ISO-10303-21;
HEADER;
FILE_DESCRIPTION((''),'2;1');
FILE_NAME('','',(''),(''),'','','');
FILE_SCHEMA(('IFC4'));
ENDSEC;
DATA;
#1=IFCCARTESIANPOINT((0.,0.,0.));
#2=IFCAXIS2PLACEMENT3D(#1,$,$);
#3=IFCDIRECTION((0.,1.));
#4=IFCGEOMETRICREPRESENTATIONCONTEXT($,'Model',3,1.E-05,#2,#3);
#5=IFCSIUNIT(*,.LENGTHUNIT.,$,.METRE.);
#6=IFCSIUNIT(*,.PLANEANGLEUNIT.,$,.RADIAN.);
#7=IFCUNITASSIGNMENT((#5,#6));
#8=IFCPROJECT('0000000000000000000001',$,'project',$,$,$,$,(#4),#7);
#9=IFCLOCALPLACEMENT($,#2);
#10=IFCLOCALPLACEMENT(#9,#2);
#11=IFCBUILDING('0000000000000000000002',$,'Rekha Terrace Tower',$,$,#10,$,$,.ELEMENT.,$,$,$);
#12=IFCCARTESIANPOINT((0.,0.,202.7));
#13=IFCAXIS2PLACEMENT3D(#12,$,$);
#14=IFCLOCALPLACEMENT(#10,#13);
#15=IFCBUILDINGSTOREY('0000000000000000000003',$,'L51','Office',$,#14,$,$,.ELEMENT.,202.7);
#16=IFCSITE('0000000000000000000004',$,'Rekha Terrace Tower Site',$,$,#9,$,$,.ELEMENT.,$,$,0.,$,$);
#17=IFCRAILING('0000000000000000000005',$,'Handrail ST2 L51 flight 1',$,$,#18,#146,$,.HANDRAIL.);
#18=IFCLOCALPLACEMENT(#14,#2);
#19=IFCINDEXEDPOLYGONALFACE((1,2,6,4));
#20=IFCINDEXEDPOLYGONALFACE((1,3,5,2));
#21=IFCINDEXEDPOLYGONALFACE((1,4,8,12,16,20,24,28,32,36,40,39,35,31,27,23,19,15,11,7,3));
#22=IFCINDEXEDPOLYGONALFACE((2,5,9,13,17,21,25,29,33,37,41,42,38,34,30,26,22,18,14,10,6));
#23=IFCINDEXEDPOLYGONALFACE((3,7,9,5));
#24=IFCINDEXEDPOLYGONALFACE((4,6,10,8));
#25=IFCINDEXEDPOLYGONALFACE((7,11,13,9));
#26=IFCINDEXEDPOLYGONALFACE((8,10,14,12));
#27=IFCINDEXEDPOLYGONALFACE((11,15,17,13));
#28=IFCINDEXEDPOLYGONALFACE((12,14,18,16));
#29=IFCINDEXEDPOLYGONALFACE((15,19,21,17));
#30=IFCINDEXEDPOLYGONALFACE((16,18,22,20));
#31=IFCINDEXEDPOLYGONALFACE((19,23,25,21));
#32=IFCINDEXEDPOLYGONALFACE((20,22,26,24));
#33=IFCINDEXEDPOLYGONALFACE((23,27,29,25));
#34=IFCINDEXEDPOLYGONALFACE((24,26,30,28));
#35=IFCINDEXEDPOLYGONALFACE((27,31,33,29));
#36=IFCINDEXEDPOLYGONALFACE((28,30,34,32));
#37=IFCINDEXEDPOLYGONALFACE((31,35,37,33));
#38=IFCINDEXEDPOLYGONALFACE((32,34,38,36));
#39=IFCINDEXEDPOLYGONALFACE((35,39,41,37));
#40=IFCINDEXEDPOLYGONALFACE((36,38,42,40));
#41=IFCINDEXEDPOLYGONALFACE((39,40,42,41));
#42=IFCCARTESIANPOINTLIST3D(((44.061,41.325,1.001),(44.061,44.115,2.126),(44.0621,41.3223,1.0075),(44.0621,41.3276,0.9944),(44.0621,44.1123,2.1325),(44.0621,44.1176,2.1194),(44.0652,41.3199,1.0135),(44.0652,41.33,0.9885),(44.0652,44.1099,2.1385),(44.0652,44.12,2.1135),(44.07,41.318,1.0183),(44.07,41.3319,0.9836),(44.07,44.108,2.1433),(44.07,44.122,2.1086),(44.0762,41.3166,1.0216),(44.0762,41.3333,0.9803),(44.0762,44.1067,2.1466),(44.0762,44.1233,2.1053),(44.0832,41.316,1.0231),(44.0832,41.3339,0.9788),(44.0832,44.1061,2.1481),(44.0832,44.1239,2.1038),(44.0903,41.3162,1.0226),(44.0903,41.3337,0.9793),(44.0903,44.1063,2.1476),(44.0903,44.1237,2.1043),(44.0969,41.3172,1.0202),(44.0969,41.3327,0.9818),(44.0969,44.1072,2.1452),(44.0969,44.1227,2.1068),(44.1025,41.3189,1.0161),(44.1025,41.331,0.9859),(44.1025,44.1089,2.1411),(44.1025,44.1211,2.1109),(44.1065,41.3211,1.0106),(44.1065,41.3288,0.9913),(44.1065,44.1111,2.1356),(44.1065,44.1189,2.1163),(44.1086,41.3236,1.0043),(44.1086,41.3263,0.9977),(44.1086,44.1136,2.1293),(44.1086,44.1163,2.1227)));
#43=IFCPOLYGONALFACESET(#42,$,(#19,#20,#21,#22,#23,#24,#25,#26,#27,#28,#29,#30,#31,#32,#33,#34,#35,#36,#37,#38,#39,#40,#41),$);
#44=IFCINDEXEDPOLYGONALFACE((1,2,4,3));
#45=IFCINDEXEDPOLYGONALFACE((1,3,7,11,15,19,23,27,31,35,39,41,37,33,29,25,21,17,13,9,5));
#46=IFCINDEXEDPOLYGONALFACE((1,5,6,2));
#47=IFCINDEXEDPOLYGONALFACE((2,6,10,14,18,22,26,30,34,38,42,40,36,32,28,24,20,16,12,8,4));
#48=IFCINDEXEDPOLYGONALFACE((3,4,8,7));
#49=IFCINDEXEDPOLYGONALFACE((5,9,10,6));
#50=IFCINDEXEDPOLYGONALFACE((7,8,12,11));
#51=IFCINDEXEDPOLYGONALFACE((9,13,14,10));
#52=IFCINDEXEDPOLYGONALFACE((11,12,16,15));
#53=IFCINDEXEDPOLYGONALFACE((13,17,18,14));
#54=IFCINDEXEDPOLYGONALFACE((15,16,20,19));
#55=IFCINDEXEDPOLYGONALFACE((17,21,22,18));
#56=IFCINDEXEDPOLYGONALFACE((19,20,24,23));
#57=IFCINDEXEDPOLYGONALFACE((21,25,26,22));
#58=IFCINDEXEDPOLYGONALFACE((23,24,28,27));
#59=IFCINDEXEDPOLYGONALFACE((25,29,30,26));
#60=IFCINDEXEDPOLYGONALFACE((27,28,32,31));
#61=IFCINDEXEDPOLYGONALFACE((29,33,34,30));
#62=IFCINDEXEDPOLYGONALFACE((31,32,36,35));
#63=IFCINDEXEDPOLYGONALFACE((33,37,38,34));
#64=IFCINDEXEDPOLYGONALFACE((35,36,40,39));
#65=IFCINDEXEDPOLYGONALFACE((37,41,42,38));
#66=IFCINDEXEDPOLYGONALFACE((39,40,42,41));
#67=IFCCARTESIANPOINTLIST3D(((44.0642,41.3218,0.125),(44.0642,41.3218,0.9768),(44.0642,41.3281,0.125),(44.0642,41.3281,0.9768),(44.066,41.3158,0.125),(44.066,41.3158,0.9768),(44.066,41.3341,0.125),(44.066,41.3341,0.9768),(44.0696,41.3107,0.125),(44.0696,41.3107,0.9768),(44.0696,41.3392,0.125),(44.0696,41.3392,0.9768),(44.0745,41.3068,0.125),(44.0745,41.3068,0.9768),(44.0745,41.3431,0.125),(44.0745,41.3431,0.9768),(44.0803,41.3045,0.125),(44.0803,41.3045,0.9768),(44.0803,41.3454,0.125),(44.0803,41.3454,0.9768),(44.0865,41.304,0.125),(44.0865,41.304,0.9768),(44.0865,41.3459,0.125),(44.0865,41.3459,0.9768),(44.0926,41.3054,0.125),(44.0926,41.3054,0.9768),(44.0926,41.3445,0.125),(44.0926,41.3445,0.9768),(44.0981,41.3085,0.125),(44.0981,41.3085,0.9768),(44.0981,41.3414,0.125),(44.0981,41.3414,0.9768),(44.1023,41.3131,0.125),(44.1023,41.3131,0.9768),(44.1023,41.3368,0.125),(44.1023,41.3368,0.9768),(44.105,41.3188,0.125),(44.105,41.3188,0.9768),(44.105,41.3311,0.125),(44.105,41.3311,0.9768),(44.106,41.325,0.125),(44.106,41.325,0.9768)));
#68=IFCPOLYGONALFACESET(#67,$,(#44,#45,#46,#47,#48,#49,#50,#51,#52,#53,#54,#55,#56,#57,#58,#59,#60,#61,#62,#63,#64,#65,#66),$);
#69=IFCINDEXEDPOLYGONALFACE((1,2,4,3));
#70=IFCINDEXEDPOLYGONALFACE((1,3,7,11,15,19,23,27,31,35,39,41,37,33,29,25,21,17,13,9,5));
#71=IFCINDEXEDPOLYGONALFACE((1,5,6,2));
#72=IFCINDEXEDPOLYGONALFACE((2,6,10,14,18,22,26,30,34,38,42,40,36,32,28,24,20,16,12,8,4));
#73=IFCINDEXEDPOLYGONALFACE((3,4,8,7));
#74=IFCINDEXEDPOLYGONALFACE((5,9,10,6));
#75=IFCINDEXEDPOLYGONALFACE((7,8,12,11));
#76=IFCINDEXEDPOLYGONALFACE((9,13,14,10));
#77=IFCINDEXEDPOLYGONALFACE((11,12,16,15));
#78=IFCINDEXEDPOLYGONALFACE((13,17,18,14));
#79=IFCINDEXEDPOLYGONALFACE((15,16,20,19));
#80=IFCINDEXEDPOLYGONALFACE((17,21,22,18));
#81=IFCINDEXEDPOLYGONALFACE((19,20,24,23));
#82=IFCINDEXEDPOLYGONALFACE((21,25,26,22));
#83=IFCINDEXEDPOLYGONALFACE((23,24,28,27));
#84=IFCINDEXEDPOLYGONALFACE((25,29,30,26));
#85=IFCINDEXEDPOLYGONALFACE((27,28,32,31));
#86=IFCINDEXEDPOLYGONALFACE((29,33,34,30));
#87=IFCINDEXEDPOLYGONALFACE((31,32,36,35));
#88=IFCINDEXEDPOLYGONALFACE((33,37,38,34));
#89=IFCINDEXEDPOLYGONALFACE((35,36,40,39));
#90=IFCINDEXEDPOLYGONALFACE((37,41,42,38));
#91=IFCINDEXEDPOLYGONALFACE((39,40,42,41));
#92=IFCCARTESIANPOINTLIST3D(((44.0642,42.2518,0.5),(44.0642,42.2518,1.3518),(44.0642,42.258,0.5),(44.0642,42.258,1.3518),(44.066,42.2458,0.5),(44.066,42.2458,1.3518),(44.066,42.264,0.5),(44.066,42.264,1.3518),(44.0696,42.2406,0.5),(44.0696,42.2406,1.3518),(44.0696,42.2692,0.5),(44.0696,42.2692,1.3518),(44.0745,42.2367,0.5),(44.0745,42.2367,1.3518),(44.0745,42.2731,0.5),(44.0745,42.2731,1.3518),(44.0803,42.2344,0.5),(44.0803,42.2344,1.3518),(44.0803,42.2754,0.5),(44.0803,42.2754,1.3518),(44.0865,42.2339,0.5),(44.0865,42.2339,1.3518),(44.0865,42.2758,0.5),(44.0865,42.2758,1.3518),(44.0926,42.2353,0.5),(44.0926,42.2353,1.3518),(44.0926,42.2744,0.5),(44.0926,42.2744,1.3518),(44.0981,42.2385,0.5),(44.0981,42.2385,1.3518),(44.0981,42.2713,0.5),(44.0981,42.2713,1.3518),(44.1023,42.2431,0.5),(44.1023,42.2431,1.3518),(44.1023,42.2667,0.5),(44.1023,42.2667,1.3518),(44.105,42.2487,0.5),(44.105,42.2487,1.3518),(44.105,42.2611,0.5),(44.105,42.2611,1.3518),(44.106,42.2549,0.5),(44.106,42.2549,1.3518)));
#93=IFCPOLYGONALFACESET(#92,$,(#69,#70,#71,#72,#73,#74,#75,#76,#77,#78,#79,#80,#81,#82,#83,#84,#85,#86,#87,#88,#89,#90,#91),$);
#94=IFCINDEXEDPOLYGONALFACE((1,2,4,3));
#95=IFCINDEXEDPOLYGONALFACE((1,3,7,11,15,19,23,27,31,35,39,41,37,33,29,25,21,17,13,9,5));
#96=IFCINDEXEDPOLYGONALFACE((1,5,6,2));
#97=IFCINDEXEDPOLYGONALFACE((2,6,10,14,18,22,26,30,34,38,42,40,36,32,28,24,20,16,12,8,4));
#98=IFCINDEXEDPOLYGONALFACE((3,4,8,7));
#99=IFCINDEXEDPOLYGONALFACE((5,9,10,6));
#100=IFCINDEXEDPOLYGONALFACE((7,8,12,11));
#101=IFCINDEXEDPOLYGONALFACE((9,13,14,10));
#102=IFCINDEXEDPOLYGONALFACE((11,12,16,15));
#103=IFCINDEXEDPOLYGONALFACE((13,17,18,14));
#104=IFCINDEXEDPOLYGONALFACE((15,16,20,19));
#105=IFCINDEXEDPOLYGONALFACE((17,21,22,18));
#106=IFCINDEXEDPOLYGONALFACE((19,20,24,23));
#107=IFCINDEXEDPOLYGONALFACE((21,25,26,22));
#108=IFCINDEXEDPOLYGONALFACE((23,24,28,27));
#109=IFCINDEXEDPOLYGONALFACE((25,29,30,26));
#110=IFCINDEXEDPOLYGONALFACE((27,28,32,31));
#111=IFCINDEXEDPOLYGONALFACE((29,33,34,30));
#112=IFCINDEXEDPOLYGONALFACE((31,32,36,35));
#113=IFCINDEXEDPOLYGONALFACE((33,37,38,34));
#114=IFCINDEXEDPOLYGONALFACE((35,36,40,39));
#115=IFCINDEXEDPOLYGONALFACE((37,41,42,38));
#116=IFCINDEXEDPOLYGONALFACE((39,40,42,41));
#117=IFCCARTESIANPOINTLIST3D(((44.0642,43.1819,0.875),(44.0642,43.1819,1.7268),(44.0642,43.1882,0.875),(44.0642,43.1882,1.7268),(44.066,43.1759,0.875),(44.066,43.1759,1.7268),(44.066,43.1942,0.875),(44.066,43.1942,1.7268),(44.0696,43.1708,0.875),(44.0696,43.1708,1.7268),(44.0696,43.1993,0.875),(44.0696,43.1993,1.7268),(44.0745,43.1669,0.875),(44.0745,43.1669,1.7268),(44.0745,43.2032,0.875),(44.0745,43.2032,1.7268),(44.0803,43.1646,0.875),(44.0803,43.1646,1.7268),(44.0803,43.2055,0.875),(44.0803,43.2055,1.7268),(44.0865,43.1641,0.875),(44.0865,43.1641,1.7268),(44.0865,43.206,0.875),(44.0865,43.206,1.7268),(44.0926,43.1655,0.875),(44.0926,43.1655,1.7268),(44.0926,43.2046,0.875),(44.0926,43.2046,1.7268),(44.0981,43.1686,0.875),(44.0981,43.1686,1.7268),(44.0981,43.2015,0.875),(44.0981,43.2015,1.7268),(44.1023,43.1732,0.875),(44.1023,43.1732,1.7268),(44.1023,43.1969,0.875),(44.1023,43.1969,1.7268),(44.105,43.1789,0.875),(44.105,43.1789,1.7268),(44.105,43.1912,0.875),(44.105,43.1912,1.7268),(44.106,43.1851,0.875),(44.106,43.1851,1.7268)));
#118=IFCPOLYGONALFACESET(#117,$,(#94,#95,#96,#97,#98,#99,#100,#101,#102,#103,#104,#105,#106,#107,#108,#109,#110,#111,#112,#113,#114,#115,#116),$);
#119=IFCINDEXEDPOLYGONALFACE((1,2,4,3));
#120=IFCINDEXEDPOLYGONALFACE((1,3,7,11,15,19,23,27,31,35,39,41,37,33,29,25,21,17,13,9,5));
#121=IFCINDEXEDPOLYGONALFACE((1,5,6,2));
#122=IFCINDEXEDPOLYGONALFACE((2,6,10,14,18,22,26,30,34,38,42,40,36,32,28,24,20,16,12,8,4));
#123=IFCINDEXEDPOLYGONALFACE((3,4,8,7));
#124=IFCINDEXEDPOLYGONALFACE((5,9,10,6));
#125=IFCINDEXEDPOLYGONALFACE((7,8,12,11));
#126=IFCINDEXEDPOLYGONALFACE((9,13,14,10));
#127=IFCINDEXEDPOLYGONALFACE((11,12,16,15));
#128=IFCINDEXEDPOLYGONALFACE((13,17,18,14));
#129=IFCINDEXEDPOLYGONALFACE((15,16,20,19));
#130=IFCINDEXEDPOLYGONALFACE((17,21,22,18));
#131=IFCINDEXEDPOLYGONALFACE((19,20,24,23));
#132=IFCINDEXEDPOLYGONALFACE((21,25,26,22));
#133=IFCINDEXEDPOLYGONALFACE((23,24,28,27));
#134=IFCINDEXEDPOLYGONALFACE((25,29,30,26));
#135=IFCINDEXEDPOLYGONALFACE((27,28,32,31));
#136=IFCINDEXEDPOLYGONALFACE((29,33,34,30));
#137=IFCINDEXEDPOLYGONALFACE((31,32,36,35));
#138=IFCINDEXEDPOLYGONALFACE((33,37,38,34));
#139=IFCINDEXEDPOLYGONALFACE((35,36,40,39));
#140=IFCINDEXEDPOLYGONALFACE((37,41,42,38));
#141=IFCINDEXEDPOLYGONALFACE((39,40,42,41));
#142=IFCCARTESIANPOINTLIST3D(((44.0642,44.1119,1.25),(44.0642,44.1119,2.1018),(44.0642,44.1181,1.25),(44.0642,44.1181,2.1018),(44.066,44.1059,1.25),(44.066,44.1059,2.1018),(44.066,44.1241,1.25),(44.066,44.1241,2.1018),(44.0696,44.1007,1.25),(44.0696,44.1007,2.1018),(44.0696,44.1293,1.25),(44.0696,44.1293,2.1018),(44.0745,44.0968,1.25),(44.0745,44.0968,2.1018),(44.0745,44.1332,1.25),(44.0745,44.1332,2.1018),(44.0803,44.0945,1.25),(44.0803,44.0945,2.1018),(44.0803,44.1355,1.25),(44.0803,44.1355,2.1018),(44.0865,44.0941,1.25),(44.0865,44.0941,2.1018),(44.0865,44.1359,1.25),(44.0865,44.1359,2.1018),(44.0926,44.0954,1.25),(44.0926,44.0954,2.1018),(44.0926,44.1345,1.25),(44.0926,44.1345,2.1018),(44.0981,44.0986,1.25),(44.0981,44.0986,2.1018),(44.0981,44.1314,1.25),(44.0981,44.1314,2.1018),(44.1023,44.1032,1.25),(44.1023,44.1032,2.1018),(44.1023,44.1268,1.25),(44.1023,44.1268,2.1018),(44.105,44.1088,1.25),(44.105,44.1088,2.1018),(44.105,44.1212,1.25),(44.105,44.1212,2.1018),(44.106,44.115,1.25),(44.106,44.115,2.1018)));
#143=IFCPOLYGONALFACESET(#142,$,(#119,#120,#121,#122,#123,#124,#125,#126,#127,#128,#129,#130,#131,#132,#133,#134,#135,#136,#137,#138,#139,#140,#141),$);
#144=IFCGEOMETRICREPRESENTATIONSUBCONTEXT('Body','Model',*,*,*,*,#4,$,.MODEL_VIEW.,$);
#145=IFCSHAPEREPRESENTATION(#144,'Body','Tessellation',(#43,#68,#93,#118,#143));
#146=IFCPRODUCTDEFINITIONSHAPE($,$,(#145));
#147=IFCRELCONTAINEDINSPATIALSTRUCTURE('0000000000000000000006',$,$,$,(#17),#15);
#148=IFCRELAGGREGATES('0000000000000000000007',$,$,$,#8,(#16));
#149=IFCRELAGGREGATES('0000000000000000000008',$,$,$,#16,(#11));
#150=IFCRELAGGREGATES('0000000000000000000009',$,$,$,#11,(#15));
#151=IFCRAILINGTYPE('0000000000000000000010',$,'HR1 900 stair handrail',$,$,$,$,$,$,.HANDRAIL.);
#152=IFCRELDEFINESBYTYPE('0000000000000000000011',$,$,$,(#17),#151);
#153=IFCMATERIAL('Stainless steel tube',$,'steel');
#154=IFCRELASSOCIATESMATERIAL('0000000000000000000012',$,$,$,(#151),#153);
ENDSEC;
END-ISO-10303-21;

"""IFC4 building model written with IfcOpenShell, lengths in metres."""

from ifc_helpers import new_model, si_unit, direction, frame, origin, origin_2d, place, context, subcontext, project, spatial, circle, extrude, material, type_object, element, save


model = new_model("IFC4")

# Units and contexts
model_context = context("Model", 3, precision=1e-05, world=origin(), true_north=direction((0.0, 1.0)))
body_context = subcontext(model_context, "Body", "Model", "MODEL_VIEW")
ifc_project = project(units=[si_unit("LENGTHUNIT", "METRE"), si_unit("PLANEANGLEUNIT", "RADIAN")], contexts=[model_context])

# Site, building, storey
site_placement = place(None, origin())
site = spatial("IfcSite", under=ifc_project, at=site_placement, Name="Rekha Terrace Tower Site", CompositionType="ELEMENT", RefElevation=0.0)
building_placement = place(site_placement, origin())
building = spatial("IfcBuilding", under=site, at=building_placement, Name="Rekha Terrace Tower", CompositionType="ELEMENT")
storey_placement = place(building_placement, frame((0.0, 0.0, 202.7)))
storey = spatial("IfcBuildingStorey", under=building, at=storey_placement, Name="L51", Description="Office", CompositionType="ELEMENT", Elevation=202.7)

# Railing
ifc_material_1 = material(Name="Stainless steel tube", Category="steel")
railing_type_1 = type_object("IfcRailingType", Name="HR1 900 stair handrail", PredefinedType="HANDRAIL", material=ifc_material_1)
railing_1_placement = place(storey_placement, frame((44.085, 41.325, 0.125)))
element("IfcRailing", 1, at=railing_1_placement, inside=storey, type_object=railing_type_1, Name="Handrail ST2 L51 flight 1", PredefinedType="HANDRAIL", context=body_context, shape_type="SweptSolid", body=[
    extrude(circle(Radius=0.0239, at=origin_2d()), frame((0.0, 0.0, 0.876), z_axis=(0.0, 0.927443, 0.373964), x_axis=(-1.0, 0.0, 0.0)), (0.0, 0.0, 1.0), 3.0083),
    extrude(circle(Radius=0.021, at=origin_2d()), origin(), (0.0, 0.0, 1.0), 0.8518),
    extrude(circle(Radius=0.021, at=origin_2d()), frame((0.0, 0.9299, 0.375)), (0.0, 0.0, 1.0), 0.8518),
    extrude(circle(Radius=0.021, at=origin_2d()), frame((0.0, 1.8601, 0.75)), (0.0, 0.0, 1.0), 0.8518),
    extrude(circle(Radius=0.021, at=origin_2d()), frame((0.0, 2.79, 1.125)), (0.0, 0.0, 1.0), 0.8518),
])

save(model, "model.ifc")
